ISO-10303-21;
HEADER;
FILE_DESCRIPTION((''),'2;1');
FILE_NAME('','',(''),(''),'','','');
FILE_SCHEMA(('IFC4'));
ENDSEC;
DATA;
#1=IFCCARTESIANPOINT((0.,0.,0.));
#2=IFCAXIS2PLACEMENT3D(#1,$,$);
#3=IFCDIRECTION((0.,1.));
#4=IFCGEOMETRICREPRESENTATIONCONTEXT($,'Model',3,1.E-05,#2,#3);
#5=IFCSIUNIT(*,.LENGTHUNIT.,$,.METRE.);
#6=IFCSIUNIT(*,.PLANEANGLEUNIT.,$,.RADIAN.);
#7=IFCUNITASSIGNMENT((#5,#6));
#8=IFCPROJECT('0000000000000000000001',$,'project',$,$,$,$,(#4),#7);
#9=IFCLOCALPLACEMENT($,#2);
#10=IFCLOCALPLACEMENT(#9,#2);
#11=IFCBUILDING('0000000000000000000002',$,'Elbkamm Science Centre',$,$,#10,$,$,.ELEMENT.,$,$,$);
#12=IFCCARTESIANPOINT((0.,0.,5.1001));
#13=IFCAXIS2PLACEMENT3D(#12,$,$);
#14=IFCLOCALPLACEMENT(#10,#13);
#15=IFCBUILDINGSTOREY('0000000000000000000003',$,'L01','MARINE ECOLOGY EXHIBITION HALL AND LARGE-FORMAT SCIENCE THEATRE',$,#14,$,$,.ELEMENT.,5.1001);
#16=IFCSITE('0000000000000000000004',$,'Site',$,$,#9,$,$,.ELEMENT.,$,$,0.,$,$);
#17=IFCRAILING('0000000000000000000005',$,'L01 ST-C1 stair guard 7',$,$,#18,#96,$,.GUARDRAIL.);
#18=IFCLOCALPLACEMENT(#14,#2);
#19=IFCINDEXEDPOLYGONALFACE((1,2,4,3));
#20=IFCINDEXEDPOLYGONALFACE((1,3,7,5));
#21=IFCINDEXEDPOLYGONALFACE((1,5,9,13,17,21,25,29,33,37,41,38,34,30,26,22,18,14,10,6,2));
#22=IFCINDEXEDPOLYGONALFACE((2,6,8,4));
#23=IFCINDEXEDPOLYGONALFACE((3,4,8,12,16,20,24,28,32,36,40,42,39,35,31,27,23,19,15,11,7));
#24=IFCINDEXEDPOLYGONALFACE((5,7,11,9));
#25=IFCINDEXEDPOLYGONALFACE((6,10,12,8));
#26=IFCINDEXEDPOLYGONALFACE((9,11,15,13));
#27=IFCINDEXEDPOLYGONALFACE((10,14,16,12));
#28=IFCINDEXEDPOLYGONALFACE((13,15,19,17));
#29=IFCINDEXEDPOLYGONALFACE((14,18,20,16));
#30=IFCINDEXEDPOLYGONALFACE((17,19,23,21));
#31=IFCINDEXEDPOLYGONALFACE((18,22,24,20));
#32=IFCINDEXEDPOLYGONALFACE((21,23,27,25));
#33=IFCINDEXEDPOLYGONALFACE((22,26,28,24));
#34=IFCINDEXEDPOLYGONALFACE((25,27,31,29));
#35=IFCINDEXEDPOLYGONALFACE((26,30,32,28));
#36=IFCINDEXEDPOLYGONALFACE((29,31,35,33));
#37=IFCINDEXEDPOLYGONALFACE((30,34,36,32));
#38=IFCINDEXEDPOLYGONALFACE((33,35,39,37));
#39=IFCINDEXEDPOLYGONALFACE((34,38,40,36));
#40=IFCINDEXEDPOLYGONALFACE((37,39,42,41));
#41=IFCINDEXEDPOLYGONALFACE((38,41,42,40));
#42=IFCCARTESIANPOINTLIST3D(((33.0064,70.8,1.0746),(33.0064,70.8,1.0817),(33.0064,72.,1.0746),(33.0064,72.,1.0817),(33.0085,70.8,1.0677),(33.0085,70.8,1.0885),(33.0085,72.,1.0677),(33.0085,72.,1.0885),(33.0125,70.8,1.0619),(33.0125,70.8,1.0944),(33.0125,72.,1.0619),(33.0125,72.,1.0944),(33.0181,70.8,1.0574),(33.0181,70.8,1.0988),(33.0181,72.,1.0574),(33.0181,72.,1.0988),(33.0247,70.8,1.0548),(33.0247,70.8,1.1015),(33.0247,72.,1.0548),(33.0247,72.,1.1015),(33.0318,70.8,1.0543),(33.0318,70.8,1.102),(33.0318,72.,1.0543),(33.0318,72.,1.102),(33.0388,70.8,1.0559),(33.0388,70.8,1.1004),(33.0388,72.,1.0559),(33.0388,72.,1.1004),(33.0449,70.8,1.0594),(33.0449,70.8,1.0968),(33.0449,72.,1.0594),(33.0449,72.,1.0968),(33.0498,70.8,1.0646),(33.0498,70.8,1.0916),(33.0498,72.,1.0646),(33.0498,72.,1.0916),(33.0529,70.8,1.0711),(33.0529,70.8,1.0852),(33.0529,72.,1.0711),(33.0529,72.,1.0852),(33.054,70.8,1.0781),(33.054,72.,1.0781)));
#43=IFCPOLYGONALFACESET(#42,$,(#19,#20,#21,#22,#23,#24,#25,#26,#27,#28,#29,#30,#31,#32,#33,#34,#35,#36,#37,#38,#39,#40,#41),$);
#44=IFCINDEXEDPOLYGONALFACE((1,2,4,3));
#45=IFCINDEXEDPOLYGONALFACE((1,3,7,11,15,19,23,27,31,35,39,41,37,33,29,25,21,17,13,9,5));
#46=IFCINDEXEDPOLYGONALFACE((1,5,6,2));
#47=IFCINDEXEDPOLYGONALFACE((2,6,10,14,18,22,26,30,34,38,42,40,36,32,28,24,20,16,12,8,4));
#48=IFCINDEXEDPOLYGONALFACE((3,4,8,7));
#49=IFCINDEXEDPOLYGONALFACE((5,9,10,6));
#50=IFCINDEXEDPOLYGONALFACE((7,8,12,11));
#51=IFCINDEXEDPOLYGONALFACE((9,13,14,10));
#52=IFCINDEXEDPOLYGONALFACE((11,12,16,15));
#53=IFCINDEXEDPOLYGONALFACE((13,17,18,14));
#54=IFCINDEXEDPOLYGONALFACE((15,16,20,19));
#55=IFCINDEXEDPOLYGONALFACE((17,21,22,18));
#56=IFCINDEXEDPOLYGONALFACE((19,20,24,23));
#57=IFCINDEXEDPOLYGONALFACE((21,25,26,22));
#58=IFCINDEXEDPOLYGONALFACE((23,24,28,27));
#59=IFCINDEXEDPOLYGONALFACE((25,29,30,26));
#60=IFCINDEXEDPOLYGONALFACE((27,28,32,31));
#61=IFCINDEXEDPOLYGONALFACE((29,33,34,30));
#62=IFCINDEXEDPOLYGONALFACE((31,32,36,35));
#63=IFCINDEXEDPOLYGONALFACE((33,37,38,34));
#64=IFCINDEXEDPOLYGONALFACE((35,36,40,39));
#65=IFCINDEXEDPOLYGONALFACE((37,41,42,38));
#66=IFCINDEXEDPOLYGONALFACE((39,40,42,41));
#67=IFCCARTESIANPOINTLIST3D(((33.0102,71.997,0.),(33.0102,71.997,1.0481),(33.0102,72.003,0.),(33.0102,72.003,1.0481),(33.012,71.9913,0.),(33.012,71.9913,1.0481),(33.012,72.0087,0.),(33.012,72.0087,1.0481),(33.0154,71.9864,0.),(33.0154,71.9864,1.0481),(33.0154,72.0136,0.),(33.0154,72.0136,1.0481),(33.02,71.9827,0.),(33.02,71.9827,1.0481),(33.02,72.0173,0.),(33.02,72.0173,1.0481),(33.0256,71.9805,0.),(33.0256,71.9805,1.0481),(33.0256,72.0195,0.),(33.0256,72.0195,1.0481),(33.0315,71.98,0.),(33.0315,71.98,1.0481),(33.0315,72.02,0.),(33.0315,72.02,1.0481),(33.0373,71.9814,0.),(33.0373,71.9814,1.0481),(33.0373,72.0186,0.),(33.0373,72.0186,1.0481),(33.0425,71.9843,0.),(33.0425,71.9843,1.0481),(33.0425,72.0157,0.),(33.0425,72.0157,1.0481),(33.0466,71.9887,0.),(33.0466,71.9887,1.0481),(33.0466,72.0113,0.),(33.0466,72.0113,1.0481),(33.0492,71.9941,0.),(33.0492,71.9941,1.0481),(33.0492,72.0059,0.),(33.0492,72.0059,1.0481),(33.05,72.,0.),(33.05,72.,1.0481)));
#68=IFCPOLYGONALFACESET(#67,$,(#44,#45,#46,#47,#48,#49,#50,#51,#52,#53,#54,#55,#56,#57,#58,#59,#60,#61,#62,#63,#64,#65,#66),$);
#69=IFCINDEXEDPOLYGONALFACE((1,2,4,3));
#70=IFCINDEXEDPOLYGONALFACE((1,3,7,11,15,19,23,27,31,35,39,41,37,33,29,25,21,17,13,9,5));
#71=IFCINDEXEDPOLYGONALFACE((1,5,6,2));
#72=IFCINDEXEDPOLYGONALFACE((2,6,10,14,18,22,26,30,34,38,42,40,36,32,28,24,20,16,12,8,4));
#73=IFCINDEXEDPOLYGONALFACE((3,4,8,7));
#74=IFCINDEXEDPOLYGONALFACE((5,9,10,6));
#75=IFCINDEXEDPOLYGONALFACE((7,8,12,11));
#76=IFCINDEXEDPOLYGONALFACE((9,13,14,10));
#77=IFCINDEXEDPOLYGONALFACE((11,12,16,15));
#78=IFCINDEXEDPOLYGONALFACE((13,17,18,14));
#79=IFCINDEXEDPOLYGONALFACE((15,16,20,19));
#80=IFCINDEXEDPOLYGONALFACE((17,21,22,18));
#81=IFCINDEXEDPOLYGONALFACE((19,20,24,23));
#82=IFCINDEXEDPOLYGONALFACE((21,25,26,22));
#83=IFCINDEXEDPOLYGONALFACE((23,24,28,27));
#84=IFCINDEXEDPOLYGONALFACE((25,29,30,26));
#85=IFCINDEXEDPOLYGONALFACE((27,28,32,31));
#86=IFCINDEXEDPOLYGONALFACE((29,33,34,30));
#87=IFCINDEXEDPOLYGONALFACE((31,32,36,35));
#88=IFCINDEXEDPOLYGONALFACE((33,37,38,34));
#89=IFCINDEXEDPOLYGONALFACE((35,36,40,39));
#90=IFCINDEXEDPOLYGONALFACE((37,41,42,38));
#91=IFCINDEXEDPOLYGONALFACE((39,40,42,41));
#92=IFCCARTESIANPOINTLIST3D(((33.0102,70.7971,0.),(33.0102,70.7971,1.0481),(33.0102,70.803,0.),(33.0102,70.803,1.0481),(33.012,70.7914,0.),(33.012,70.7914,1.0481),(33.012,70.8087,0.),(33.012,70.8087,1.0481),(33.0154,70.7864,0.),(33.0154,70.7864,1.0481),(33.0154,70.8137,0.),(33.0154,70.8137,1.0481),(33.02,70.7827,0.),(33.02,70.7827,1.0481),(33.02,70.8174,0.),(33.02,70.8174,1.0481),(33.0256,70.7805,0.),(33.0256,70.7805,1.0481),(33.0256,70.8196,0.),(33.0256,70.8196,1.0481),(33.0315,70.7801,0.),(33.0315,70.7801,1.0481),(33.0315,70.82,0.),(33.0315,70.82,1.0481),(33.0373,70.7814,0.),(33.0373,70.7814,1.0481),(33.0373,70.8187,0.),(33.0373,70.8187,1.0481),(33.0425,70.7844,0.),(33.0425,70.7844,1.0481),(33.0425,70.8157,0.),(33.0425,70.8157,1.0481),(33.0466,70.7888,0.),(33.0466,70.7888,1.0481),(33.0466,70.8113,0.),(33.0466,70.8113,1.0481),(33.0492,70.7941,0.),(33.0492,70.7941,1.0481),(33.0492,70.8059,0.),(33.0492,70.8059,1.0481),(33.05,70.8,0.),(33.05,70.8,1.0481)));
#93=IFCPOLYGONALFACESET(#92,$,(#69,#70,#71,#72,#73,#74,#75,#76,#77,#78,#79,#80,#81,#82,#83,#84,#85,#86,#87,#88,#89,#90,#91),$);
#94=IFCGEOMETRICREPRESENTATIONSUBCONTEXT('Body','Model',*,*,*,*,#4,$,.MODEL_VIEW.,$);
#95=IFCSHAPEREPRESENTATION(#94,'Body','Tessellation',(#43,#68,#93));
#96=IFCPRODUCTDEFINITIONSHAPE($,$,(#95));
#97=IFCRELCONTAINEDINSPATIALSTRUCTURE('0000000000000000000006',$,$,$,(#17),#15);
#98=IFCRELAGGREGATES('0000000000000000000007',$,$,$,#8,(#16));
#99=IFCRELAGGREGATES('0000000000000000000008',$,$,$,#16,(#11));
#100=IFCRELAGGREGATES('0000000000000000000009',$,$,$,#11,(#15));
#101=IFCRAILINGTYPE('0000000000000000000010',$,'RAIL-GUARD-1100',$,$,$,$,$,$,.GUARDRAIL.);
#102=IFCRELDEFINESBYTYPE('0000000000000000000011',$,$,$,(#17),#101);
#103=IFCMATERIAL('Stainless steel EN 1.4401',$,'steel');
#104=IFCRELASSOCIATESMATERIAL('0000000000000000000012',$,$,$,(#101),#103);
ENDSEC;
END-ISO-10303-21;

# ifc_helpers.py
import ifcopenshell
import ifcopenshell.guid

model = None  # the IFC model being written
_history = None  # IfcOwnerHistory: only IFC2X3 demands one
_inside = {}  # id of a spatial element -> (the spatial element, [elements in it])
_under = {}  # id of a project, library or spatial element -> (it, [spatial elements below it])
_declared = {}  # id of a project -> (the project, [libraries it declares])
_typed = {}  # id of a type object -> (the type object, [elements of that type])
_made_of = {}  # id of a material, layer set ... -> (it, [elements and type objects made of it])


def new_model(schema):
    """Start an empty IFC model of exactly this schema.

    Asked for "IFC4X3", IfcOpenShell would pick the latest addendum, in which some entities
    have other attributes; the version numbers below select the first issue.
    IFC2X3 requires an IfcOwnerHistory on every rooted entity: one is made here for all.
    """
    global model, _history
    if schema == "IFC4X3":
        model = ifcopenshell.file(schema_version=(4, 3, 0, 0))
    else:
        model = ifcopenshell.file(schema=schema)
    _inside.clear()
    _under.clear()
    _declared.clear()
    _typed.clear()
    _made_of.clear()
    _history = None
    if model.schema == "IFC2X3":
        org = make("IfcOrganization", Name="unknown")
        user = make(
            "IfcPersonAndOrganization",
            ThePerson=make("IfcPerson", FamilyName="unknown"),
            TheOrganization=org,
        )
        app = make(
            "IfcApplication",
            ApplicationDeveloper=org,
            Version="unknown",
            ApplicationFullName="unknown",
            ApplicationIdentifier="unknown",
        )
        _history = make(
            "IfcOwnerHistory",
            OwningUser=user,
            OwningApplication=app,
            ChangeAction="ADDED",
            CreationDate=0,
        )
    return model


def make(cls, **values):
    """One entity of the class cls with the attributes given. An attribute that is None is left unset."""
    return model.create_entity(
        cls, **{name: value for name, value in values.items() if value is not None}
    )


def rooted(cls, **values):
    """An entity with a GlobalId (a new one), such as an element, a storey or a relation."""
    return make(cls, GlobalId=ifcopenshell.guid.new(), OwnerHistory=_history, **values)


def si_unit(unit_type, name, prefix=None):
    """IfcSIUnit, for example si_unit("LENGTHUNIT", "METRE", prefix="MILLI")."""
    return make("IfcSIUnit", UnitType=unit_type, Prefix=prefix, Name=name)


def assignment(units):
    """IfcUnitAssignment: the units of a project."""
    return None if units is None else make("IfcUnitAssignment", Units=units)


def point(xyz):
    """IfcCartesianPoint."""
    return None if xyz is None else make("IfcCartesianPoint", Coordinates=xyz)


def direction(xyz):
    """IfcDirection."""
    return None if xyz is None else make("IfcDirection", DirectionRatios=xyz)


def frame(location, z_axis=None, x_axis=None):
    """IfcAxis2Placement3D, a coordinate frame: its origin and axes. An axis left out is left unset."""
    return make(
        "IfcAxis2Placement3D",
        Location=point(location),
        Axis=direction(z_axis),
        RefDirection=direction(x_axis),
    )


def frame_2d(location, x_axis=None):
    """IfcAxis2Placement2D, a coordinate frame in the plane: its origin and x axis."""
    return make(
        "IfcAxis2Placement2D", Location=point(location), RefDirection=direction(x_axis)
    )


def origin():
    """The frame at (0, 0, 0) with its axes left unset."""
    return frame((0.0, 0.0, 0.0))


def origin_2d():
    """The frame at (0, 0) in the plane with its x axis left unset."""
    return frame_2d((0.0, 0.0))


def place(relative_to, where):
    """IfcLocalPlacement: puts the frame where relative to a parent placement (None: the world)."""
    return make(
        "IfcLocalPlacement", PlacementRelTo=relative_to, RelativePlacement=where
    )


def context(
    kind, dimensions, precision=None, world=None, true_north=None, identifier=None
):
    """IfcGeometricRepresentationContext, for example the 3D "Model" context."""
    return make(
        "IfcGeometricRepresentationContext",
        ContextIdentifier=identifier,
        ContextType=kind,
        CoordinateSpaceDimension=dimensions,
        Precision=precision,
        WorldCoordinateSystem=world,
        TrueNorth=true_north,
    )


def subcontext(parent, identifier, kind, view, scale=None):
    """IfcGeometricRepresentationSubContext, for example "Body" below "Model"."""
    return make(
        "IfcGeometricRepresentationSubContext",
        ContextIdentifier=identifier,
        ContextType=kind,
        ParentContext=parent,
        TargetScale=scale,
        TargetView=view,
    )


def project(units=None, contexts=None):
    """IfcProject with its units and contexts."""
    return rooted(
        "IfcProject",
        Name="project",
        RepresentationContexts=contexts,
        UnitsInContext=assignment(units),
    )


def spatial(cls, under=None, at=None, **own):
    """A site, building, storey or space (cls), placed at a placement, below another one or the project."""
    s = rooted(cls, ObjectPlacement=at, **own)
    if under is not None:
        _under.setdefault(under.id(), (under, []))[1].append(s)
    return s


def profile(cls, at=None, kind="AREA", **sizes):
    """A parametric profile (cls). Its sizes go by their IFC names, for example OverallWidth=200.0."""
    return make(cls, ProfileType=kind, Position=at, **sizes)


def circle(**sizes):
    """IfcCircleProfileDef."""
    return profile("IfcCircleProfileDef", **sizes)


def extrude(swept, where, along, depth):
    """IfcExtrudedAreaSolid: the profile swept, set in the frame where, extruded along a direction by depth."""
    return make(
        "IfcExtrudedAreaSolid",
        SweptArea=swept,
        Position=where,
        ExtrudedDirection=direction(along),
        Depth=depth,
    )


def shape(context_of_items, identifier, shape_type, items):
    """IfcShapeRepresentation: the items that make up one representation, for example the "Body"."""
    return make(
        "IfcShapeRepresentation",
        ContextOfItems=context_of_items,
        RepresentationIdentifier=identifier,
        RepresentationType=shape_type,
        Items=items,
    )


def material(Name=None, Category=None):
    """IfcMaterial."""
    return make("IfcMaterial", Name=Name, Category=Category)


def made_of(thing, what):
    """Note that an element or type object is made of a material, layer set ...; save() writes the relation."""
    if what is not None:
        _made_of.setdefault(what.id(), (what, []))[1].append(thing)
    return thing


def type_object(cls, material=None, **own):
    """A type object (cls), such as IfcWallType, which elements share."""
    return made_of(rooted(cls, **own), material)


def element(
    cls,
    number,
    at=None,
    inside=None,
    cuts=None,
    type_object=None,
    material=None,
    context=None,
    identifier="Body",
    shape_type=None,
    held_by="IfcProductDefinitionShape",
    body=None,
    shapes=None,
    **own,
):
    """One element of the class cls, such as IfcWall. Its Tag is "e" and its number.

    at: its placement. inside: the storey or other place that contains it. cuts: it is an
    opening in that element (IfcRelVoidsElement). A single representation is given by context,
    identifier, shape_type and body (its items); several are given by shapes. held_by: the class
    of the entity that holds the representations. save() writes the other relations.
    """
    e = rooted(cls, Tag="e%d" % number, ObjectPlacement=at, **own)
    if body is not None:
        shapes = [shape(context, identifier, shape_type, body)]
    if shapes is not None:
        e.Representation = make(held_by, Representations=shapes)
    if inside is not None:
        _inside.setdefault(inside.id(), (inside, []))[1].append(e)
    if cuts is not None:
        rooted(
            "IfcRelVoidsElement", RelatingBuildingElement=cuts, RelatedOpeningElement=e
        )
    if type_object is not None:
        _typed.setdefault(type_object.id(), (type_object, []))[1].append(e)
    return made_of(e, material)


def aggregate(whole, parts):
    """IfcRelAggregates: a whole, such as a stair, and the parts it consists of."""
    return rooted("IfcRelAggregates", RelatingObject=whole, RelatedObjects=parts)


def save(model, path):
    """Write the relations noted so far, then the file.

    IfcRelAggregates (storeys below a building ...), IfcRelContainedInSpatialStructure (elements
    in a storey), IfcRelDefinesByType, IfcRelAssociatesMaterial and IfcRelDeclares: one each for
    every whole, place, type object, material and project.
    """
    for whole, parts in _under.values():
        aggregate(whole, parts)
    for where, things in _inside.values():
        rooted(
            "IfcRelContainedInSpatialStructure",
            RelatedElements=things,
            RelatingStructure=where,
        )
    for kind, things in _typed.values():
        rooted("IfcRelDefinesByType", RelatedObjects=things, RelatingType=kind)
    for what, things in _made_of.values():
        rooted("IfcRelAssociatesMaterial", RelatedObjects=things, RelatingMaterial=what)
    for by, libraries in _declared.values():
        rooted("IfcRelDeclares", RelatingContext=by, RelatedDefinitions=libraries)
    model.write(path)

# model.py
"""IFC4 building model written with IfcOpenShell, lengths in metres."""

from ifc_helpers import new_model, si_unit, direction, frame, origin, origin_2d, place, context, subcontext, project, spatial, circle, extrude, material, type_object, element, save


model = new_model("IFC4")

# Units and contexts
model_context = context("Model", 3, precision=1e-05, world=origin(), true_north=direction((0.0, 1.0)))
body_context = subcontext(model_context, "Body", "Model", "MODEL_VIEW")
ifc_project = project(units=[si_unit("LENGTHUNIT", "METRE"), si_unit("PLANEANGLEUNIT", "RADIAN")], contexts=[model_context])

# Site, building, storey
site_placement = place(None, origin())
site = spatial("IfcSite", under=ifc_project, at=site_placement, Name="Site", CompositionType="ELEMENT", RefElevation=0.0)
building_placement = place(site_placement, origin())
building = spatial("IfcBuilding", under=site, at=building_placement, Name="Elbkamm Science Centre", CompositionType="ELEMENT")
storey_placement = place(building_placement, frame((0.0, 0.0, 5.1001)))
storey = spatial("IfcBuildingStorey", under=building, at=storey_placement, Name="L01", Description="MARINE ECOLOGY EXHIBITION HALL AND LARGE-FORMAT SCIENCE THEATRE", CompositionType="ELEMENT", Elevation=5.1001)

# Railing
ifc_material_1 = material(Name="Stainless steel EN 1.4401", Category="steel")
railing_type_1 = type_object("IfcRailingType", Name="RAIL-GUARD-1100", PredefinedType="GUARDRAIL", material=ifc_material_1)
railing_1_placement = place(storey_placement, frame((33.03, 72.0, 0.0)))
element("IfcRailing", 1, at=railing_1_placement, inside=storey, type_object=railing_type_1, Name="L01 ST-C1 stair guard 7", PredefinedType="GUARDRAIL", context=body_context, shape_type="SweptSolid", body=[
    extrude(circle(Radius=0.0239, at=origin_2d()), frame((0.0, 0.0, 1.0781), z_axis=(0.0, -1.0, 0.0), x_axis=(1.0, 0.0, 0.0)), (0.0, 0.0, 1.0), 1.2),
    extrude(circle(Radius=0.02, at=origin_2d()), origin(), (0.0, 0.0, 1.0), 1.0481),
    extrude(circle(Radius=0.02, at=origin_2d()), frame((0.0, -1.2, 0.0)), (0.0, 0.0, 1.0), 1.0481),
])

save(model, "model.ifc")
